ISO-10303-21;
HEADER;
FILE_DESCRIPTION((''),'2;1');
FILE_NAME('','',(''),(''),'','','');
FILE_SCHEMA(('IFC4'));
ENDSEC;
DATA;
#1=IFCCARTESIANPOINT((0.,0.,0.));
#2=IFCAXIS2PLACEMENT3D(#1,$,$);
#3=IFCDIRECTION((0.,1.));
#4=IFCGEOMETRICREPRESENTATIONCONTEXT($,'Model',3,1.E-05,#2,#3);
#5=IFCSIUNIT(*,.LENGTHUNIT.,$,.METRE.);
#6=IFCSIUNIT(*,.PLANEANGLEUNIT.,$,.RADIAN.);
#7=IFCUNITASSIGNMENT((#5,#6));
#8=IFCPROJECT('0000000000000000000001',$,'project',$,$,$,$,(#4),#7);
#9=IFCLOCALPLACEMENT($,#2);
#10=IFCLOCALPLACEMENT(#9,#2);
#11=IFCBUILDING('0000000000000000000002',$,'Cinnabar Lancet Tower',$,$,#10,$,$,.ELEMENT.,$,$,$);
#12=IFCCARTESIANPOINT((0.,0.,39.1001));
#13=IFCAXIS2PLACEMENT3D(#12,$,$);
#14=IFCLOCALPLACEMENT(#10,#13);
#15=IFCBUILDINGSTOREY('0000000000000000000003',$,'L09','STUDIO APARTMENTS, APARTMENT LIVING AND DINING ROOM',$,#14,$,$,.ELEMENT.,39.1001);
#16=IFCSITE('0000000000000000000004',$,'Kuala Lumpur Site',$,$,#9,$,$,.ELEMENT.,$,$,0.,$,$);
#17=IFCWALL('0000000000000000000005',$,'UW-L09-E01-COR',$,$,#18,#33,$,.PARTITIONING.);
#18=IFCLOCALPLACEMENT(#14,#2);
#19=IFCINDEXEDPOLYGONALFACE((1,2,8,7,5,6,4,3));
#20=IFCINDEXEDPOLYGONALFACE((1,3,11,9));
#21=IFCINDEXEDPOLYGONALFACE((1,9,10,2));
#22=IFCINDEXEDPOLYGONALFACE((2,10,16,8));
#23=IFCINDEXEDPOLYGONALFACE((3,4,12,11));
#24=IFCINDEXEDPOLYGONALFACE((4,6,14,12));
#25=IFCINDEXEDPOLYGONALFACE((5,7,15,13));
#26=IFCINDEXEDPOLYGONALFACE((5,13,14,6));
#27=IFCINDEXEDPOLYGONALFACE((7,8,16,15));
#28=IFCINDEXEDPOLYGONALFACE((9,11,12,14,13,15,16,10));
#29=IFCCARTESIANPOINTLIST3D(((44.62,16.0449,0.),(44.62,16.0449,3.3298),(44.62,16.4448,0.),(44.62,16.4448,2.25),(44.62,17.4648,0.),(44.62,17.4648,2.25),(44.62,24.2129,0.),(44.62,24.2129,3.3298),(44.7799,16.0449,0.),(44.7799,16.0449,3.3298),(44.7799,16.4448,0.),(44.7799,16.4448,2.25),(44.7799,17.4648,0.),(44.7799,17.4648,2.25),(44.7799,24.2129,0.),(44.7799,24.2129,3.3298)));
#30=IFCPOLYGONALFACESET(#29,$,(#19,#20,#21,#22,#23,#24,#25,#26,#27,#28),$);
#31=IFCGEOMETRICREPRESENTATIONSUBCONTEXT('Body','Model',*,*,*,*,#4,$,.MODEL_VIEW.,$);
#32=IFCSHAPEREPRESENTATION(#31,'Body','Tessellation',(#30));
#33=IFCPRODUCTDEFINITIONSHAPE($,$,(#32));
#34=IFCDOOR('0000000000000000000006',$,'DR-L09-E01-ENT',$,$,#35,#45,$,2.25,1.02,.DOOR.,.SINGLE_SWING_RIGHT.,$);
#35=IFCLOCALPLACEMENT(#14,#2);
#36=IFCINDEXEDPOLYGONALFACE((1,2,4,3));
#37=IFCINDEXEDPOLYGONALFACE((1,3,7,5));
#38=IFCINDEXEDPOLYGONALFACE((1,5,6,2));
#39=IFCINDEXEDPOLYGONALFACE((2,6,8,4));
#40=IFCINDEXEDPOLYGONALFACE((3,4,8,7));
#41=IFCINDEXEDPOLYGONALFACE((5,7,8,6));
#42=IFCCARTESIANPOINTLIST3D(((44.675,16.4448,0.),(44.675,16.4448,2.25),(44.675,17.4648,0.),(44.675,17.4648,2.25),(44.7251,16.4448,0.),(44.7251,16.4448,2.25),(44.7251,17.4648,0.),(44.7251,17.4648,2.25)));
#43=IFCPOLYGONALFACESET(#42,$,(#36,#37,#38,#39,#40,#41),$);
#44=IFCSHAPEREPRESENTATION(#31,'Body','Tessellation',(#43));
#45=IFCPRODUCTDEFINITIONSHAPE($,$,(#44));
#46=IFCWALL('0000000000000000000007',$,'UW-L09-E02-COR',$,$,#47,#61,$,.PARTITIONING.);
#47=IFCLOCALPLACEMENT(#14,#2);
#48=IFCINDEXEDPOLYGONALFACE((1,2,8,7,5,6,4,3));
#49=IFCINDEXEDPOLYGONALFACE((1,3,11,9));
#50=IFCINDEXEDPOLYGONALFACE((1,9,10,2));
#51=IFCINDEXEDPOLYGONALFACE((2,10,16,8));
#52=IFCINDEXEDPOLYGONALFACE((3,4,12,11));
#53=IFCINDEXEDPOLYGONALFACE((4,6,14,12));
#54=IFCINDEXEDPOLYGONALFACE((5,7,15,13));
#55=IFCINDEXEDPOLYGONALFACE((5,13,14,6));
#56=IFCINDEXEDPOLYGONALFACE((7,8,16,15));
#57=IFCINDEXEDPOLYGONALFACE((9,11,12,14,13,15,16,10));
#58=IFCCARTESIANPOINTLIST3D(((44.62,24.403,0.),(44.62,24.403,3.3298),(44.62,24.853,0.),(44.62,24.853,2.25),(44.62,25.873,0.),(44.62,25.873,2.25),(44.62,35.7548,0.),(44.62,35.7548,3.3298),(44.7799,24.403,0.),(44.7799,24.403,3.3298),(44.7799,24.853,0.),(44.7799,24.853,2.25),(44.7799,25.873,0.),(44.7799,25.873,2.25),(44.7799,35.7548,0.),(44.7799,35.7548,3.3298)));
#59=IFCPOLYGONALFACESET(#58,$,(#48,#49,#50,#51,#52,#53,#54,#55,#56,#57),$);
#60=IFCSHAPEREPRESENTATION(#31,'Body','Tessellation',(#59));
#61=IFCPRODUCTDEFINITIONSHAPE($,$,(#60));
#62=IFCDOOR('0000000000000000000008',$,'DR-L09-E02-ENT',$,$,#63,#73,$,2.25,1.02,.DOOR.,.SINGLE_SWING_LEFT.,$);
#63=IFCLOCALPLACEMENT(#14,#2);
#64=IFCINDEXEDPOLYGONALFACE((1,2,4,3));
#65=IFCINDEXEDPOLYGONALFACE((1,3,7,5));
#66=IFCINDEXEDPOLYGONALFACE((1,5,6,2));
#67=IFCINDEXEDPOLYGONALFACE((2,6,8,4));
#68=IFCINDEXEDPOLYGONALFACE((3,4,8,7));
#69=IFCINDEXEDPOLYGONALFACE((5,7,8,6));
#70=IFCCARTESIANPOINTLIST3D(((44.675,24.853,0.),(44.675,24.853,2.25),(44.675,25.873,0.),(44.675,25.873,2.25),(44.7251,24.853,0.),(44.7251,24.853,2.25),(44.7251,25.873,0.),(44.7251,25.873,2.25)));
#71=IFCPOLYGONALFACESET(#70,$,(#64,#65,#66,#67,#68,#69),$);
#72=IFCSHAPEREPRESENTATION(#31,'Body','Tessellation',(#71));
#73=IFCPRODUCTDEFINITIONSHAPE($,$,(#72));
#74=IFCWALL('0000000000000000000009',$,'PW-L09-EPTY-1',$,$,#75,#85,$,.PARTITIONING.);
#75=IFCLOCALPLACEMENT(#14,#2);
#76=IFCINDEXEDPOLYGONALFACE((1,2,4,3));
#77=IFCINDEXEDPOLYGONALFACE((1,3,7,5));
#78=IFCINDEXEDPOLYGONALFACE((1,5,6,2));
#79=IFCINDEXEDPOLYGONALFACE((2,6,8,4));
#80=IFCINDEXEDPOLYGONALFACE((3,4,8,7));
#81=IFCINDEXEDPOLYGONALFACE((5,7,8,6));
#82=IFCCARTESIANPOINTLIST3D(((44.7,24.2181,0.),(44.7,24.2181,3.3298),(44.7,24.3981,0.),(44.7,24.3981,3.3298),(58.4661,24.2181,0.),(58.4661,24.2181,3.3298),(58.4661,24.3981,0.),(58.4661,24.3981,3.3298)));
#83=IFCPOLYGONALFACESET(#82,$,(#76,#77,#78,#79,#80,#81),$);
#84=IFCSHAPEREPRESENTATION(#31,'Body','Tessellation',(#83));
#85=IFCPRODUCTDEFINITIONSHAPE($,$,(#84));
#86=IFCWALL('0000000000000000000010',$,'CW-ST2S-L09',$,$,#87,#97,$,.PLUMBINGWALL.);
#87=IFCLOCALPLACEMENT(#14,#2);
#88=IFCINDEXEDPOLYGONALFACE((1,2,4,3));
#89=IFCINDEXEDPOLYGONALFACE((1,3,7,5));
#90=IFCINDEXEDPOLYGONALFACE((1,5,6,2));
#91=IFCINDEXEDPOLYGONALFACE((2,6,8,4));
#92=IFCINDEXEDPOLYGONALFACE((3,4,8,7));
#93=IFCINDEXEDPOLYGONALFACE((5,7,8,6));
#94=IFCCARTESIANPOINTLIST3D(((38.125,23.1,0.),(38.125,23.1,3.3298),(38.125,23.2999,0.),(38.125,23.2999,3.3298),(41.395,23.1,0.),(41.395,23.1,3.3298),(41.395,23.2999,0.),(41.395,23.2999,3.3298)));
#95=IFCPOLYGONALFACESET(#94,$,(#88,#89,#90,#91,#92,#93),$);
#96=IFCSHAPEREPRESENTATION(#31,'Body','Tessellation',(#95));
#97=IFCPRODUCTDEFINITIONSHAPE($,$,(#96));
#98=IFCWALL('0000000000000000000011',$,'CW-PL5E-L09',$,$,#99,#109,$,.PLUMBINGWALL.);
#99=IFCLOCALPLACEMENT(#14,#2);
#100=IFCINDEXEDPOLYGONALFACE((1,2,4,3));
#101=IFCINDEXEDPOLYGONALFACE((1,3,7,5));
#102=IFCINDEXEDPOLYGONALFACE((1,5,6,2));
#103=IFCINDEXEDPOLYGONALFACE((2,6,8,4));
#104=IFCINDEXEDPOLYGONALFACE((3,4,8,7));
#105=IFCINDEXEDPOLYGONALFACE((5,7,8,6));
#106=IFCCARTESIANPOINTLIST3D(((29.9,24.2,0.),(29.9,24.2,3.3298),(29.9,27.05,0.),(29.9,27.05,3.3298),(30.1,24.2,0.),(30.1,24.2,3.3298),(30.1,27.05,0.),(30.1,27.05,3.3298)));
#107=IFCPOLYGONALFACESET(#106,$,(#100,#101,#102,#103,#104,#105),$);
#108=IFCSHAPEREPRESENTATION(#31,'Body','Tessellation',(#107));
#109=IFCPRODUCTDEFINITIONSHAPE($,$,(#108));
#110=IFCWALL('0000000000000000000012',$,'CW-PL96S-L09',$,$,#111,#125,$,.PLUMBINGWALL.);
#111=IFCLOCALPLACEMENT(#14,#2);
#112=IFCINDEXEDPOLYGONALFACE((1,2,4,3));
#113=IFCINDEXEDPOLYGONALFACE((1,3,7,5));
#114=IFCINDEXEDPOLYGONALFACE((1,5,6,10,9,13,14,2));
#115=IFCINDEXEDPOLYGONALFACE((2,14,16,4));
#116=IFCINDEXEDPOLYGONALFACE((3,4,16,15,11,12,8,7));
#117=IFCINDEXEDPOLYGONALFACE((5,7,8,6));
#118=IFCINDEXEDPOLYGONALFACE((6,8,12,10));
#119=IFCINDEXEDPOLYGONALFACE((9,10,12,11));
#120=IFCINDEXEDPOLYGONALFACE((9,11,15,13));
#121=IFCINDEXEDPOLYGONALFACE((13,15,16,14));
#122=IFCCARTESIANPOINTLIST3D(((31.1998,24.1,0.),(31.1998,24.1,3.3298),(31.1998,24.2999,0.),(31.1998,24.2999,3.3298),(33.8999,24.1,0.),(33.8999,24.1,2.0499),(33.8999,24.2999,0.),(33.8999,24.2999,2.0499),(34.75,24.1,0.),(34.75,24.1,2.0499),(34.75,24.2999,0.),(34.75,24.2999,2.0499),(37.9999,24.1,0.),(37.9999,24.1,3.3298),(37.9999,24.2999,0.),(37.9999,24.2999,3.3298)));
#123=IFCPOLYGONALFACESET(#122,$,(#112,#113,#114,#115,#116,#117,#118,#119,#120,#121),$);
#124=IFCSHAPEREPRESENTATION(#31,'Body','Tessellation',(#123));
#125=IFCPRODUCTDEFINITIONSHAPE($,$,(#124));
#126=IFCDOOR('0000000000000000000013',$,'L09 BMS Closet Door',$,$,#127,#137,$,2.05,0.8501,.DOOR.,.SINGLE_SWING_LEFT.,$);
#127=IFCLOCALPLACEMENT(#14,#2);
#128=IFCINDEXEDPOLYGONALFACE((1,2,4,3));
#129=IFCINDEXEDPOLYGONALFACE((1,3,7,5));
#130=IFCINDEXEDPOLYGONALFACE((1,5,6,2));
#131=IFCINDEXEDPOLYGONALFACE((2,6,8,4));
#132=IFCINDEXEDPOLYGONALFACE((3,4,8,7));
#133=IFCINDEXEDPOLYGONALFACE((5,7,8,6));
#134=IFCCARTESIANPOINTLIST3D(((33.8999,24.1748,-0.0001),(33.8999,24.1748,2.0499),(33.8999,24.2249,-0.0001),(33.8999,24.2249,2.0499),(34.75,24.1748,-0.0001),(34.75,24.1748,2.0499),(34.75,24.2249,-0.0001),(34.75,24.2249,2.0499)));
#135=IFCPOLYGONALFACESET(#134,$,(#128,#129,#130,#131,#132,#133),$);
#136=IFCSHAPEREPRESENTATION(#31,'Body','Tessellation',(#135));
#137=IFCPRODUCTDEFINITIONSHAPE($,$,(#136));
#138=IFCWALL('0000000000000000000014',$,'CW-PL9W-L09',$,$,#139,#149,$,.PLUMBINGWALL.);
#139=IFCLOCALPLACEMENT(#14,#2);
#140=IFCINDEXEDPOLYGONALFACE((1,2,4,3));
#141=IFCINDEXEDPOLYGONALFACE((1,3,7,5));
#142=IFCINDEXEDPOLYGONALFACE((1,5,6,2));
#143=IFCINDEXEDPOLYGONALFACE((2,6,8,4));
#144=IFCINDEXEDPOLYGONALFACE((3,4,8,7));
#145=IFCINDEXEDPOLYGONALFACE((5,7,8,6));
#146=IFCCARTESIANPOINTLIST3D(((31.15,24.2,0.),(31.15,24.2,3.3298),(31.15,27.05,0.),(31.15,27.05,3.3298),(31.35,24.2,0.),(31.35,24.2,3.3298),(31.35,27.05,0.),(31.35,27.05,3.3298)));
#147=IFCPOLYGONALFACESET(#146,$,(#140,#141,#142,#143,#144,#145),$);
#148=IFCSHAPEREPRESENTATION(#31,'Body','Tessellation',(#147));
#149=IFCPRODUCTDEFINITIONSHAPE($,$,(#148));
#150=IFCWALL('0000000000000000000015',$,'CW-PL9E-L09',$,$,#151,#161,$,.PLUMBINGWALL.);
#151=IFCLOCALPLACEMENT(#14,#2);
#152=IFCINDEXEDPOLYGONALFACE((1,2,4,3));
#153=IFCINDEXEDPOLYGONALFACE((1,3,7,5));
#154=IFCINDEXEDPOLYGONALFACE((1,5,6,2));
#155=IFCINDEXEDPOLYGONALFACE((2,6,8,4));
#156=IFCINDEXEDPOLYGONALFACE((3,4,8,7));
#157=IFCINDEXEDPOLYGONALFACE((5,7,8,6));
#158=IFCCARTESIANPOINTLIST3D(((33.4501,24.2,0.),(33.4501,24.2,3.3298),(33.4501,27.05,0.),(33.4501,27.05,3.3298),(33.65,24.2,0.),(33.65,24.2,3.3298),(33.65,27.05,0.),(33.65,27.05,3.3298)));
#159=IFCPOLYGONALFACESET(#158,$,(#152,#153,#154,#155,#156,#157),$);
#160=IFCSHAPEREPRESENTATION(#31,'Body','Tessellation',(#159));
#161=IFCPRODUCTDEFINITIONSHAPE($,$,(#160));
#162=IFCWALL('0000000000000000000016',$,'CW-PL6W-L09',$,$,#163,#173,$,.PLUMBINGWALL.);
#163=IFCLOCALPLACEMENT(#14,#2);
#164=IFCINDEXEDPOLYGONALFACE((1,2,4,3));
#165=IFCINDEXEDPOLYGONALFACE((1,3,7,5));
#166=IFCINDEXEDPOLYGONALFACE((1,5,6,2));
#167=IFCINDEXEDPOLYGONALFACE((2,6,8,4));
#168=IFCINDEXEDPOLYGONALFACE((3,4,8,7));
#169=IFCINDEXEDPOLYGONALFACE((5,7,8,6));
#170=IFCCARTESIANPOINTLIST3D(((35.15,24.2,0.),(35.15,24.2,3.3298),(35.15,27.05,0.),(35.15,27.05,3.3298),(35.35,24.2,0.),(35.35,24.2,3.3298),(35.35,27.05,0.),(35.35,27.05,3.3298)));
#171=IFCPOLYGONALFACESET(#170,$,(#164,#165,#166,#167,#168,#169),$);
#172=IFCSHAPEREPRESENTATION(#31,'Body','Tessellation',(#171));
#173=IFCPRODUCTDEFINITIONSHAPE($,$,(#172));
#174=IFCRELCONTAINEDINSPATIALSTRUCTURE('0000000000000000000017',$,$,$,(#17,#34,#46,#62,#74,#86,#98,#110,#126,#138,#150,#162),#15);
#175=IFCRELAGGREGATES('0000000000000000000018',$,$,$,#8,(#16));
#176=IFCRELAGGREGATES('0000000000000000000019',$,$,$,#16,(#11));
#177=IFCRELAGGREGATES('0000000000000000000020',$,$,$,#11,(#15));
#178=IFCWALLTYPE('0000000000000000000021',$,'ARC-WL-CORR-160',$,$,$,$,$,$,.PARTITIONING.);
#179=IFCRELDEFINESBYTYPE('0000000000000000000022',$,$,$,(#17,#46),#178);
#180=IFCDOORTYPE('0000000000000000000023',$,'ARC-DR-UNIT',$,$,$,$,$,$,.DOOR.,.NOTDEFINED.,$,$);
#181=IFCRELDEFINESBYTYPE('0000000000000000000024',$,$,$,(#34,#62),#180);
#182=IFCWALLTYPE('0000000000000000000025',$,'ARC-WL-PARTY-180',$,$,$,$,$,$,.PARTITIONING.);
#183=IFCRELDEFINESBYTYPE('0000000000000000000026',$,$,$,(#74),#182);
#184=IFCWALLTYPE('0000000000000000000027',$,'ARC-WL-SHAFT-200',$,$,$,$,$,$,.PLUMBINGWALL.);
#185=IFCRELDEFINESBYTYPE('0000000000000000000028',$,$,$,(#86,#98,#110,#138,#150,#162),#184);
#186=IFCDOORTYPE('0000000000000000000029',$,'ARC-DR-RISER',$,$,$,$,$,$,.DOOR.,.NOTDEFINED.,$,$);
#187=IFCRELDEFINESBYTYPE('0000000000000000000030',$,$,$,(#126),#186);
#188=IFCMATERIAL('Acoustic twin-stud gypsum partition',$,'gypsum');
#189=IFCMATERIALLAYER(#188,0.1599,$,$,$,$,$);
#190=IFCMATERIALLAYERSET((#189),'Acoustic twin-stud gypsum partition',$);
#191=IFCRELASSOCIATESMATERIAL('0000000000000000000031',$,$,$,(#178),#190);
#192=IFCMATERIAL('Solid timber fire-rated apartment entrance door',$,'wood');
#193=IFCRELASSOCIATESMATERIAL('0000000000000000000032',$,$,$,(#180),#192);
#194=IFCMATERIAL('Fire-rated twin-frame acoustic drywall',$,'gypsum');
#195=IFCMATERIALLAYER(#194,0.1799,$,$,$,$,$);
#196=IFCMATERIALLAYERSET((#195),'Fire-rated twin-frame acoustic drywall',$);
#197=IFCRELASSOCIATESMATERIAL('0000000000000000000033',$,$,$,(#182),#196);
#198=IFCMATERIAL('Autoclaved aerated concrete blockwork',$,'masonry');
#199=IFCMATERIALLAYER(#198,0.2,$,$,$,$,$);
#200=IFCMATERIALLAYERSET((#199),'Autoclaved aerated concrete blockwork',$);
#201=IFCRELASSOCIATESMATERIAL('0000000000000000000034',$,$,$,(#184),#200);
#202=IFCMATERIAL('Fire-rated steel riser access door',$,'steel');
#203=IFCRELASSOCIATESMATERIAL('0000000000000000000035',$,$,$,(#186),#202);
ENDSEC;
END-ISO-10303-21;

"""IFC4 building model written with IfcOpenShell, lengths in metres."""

from ifc_helpers import new_model, si_unit, direction, frame, frame_2d, origin, place, context, subcontext, project, spatial, rectangle, extrude, material, layer, layer_set, type_object, element, fill, save


model = new_model("IFC4")

# Units and contexts
model_context = context("Model", 3, precision=1e-05, world=origin(), true_north=direction((0.0, 1.0)))
body_context = subcontext(model_context, "Body", "Model", "MODEL_VIEW")
ifc_project = project(units=[si_unit("LENGTHUNIT", "METRE"), si_unit("PLANEANGLEUNIT", "RADIAN")], contexts=[model_context])

# Site, building, storey
site_placement = place(None, origin())
site = spatial("IfcSite", under=ifc_project, at=site_placement, Name="Kuala Lumpur Site", CompositionType="ELEMENT", RefElevation=0.0)
building_placement = place(site_placement, origin())
building = spatial("IfcBuilding", under=site, at=building_placement, Name="Cinnabar Lancet Tower", CompositionType="ELEMENT")
storey_placement = place(building_placement, frame((0.0, 0.0, 39.1001)))
storey = spatial("IfcBuildingStorey", under=building, at=storey_placement, Name="L09", Description="STUDIO APARTMENTS, APARTMENT LIVING AND DINING ROOM", CompositionType="ELEMENT", Elevation=39.1001)

# Walls, openings, doors
ifc_material_1 = material(Name="Acoustic twin-stud gypsum partition", Category="gypsum")
ifc_layer_1 = layer(ifc_material_1, 0.1599)
ifc_layer_set_1 = layer_set([ifc_layer_1], Name="Acoustic twin-stud gypsum partition")
wall_type_1 = type_object("IfcWallType", Name="ARC-WL-CORR-160", PredefinedType="PARTITIONING", material=ifc_layer_set_1)
ifc_material_2 = material(Name="Solid timber fire-rated apartment entrance door", Category="wood")
door_type_1 = type_object("IfcDoorType", Name="ARC-DR-UNIT", OperationType="NOTDEFINED", PredefinedType="DOOR", material=ifc_material_2)
wall_1_placement = place(storey_placement, frame((44.7, 16.0449, 0.0), z_axis=(0.0, 0.0, 1.0), x_axis=(0.0, 1.0, 0.0)))
wall_1 = element("IfcWall", 1, at=wall_1_placement, inside=storey, type_object=wall_type_1, Name="UW-L09-E01-COR", PredefinedType="PARTITIONING", context=body_context, shape_type="SweptSolid", body=[
    extrude(rectangle(XDim=8.168, YDim=0.1599, at=frame_2d((4.084, 0.0))), origin(), (0.0, 0.0, 1.0), 3.3298),
])
opening_1_placement = place(wall_1_placement, frame((0.3999, 0.0, 0.0)))
opening_1 = element("IfcOpeningElement", 2, at=opening_1_placement, cuts=wall_1, PredefinedType="OPENING", context=body_context, shape_type="SweptSolid", body=[
    extrude(rectangle(XDim=1.02, YDim=2.25, at=frame_2d((0.51, 1.125))), frame((0.0, 0.0898, 0.0), z_axis=(0.0, -1.0, 0.0), x_axis=(1.0, 0.0, 0.0)), (0.0, 0.0, 1.0), 0.1799),
])
door_1_placement = place(opening_1_placement, origin())
door_1 = element("IfcDoor", 3, at=door_1_placement, inside=storey, type_object=door_type_1, Name="DR-L09-E01-ENT", OperationType="SINGLE_SWING_RIGHT", OverallHeight=2.25, OverallWidth=1.02, PredefinedType="DOOR", context=body_context, shape_type="SweptSolid", body=[
    extrude(rectangle(XDim=1.02, YDim=2.25, at=frame_2d((0.51, 1.125))), frame((0.0, 0.0249, 0.0), z_axis=(0.0, -1.0, 0.0), x_axis=(1.0, 0.0, 0.0)), (0.0, 0.0, 1.0), 0.05),
])
fill(opening_1, door_1)
wall_2_placement = place(storey_placement, frame((44.7, 24.4031, 0.0), z_axis=(0.0, 0.0, 1.0), x_axis=(0.0, 1.0, 0.0)))
wall_2 = element("IfcWall", 4, at=wall_2_placement, inside=storey, type_object=wall_type_1, Name="UW-L09-E02-COR", PredefinedType="PARTITIONING", context=body_context, shape_type="SweptSolid", body=[
    extrude(rectangle(XDim=11.3518, YDim=0.1599, at=frame_2d((5.6758, 0.0))), origin(), (0.0, 0.0, 1.0), 3.3298),
])
opening_2_placement = place(wall_2_placement, frame((0.45, 0.0, 0.0)))
opening_2 = element("IfcOpeningElement", 5, at=opening_2_placement, cuts=wall_2, PredefinedType="OPENING", context=body_context, shape_type="SweptSolid", body=[
    extrude(rectangle(XDim=1.02, YDim=2.25, at=frame_2d((0.51, 1.125))), frame((0.0, 0.0898, 0.0), z_axis=(0.0, -1.0, 0.0), x_axis=(1.0, 0.0, 0.0)), (0.0, 0.0, 1.0), 0.1799),
])
door_2_placement = place(opening_2_placement, origin())
door_2 = element("IfcDoor", 6, at=door_2_placement, inside=storey, type_object=door_type_1, Name="DR-L09-E02-ENT", OperationType="SINGLE_SWING_LEFT", OverallHeight=2.25, OverallWidth=1.02, PredefinedType="DOOR", context=body_context, shape_type="SweptSolid", body=[
    extrude(rectangle(XDim=1.02, YDim=2.25, at=frame_2d((0.51, 1.125))), frame((0.0, 0.0249, 0.0), z_axis=(0.0, -1.0, 0.0), x_axis=(1.0, 0.0, 0.0)), (0.0, 0.0, 1.0), 0.05),
])
fill(opening_2, door_2)

# Walls
ifc_material_3 = material(Name="Fire-rated twin-frame acoustic drywall", Category="gypsum")
ifc_layer_2 = layer(ifc_material_3, 0.1799)
ifc_layer_set_2 = layer_set([ifc_layer_2], Name="Fire-rated twin-frame acoustic drywall")
wall_type_2 = type_object("IfcWallType", Name="ARC-WL-PARTY-180", PredefinedType="PARTITIONING", material=ifc_layer_set_2)
wall_3_placement = place(storey_placement, frame((44.7, 24.3081, 0.0), z_axis=(0.0, 0.0, 1.0), x_axis=(1.0, 0.0, 0.0)))
element("IfcWall", 7, at=wall_3_placement, inside=storey, type_object=wall_type_2, Name="PW-L09-EPTY-1", PredefinedType="PARTITIONING", context=body_context, shape_type="SweptSolid", body=[
    extrude(rectangle(XDim=13.7661, YDim=0.1799, at=frame_2d((6.8831, 0.0))), origin(), (0.0, 0.0, 1.0), 3.3298),
])
ifc_material_4 = material(Name="Autoclaved aerated concrete blockwork", Category="masonry")
ifc_layer_3 = layer(ifc_material_4, 0.2)
ifc_layer_set_3 = layer_set([ifc_layer_3], Name="Autoclaved aerated concrete blockwork")
wall_type_3 = type_object("IfcWallType", Name="ARC-WL-SHAFT-200", PredefinedType="PLUMBINGWALL", material=ifc_layer_set_3)
wall_4_placement = place(storey_placement, frame((38.125, 23.2, 0.0), z_axis=(0.0, 0.0, 1.0), x_axis=(1.0, 0.0, 0.0)))
element("IfcWall", 8, at=wall_4_placement, inside=storey, type_object=wall_type_3, Name="CW-ST2S-L09", PredefinedType="PLUMBINGWALL", context=body_context, shape_type="SweptSolid", body=[
    extrude(rectangle(XDim=3.27, YDim=0.2, at=frame_2d((1.635, 0.0))), origin(), (0.0, 0.0, 1.0), 3.3298),
])
wall_5_placement = place(storey_placement, frame((30.0, 24.2, 0.0), z_axis=(0.0, 0.0, 1.0), x_axis=(0.0, 1.0, 0.0)))
element("IfcWall", 9, at=wall_5_placement, inside=storey, type_object=wall_type_3, Name="CW-PL5E-L09", PredefinedType="PLUMBINGWALL", context=body_context, shape_type="SweptSolid", body=[
    extrude(rectangle(XDim=2.8501, YDim=0.2, at=frame_2d((1.425, 0.0))), origin(), (0.0, 0.0, 1.0), 3.3298),
])

# Wall, opening, door
wall_6_placement = place(storey_placement, frame((31.2, 24.2, 0.0), z_axis=(0.0, 0.0, 1.0), x_axis=(1.0, 0.0, 0.0)))
wall_6 = element("IfcWall", 10, at=wall_6_placement, inside=storey, type_object=wall_type_3, Name="CW-PL96S-L09", PredefinedType="PLUMBINGWALL", context=body_context, shape_type="SweptSolid", body=[
    extrude(rectangle(XDim=6.8, YDim=0.2, at=frame_2d((3.3999, 0.0))), origin(), (0.0, 0.0, 1.0), 3.3298),
])
opening_3_placement = place(wall_6_placement, frame((2.7, 0.0, 0.0)))
opening_3 = element("IfcOpeningElement", 11, at=opening_3_placement, cuts=wall_6, PredefinedType="OPENING", context=body_context, shape_type="SweptSolid", body=[
    extrude(rectangle(XDim=0.8501, YDim=2.05, at=frame_2d((0.425, 1.0249))), frame((0.0, 0.1099, 0.0), z_axis=(0.0, -1.0, 0.0), x_axis=(1.0, 0.0, 0.0)), (0.0, 0.0, 1.0), 0.22),
])
ifc_material_5 = material(Name="Fire-rated steel riser access door", Category="steel")
door_type_2 = type_object("IfcDoorType", Name="ARC-DR-RISER", OperationType="NOTDEFINED", PredefinedType="DOOR", material=ifc_material_5)
door_3_placement = place(opening_3_placement, origin())
door_3 = element("IfcDoor", 12, at=door_3_placement, inside=storey, type_object=door_type_2, Name="L09 BMS Closet Door", OperationType="SINGLE_SWING_LEFT", OverallHeight=2.05, OverallWidth=0.8501, PredefinedType="DOOR", context=body_context, shape_type="SweptSolid", body=[
    extrude(rectangle(XDim=0.8501, YDim=2.05, at=frame_2d((0.425, 1.0249))), frame((0.0, 0.0249, 0.0), z_axis=(0.0, -1.0, 0.0), x_axis=(1.0, 0.0, 0.0)), (0.0, 0.0, 1.0), 0.05),
])
fill(opening_3, door_3)

# Walls
for number, where, z_axis, x_axis, name in (
    (13, (31.25, 24.2, 0.0), (0.0, 0.0, 1.0), (0.0, 1.0, 0.0), "CW-PL9W-L09"),
    (14, (33.55, 24.2, 0.0), (0.0, 0.0, 1.0), (0.0, 1.0, 0.0), "CW-PL9E-L09"),
    (15, (35.25, 24.2, 0.0), (0.0, 0.0, 1.0), (0.0, 1.0, 0.0), "CW-PL6W-L09"),
):
    element("IfcWall", number, at=place(storey_placement, frame(where, z_axis=z_axis, x_axis=x_axis)), inside=storey, type_object=wall_type_3, Name=name, PredefinedType="PLUMBINGWALL", context=body_context, shape_type="SweptSolid", body=[
        extrude(rectangle(XDim=2.8501, YDim=0.2, at=frame_2d((1.425, 0.0))), origin(), (0.0, 0.0, 1.0), 3.3298),
    ])

save(model, "model.ifc")
